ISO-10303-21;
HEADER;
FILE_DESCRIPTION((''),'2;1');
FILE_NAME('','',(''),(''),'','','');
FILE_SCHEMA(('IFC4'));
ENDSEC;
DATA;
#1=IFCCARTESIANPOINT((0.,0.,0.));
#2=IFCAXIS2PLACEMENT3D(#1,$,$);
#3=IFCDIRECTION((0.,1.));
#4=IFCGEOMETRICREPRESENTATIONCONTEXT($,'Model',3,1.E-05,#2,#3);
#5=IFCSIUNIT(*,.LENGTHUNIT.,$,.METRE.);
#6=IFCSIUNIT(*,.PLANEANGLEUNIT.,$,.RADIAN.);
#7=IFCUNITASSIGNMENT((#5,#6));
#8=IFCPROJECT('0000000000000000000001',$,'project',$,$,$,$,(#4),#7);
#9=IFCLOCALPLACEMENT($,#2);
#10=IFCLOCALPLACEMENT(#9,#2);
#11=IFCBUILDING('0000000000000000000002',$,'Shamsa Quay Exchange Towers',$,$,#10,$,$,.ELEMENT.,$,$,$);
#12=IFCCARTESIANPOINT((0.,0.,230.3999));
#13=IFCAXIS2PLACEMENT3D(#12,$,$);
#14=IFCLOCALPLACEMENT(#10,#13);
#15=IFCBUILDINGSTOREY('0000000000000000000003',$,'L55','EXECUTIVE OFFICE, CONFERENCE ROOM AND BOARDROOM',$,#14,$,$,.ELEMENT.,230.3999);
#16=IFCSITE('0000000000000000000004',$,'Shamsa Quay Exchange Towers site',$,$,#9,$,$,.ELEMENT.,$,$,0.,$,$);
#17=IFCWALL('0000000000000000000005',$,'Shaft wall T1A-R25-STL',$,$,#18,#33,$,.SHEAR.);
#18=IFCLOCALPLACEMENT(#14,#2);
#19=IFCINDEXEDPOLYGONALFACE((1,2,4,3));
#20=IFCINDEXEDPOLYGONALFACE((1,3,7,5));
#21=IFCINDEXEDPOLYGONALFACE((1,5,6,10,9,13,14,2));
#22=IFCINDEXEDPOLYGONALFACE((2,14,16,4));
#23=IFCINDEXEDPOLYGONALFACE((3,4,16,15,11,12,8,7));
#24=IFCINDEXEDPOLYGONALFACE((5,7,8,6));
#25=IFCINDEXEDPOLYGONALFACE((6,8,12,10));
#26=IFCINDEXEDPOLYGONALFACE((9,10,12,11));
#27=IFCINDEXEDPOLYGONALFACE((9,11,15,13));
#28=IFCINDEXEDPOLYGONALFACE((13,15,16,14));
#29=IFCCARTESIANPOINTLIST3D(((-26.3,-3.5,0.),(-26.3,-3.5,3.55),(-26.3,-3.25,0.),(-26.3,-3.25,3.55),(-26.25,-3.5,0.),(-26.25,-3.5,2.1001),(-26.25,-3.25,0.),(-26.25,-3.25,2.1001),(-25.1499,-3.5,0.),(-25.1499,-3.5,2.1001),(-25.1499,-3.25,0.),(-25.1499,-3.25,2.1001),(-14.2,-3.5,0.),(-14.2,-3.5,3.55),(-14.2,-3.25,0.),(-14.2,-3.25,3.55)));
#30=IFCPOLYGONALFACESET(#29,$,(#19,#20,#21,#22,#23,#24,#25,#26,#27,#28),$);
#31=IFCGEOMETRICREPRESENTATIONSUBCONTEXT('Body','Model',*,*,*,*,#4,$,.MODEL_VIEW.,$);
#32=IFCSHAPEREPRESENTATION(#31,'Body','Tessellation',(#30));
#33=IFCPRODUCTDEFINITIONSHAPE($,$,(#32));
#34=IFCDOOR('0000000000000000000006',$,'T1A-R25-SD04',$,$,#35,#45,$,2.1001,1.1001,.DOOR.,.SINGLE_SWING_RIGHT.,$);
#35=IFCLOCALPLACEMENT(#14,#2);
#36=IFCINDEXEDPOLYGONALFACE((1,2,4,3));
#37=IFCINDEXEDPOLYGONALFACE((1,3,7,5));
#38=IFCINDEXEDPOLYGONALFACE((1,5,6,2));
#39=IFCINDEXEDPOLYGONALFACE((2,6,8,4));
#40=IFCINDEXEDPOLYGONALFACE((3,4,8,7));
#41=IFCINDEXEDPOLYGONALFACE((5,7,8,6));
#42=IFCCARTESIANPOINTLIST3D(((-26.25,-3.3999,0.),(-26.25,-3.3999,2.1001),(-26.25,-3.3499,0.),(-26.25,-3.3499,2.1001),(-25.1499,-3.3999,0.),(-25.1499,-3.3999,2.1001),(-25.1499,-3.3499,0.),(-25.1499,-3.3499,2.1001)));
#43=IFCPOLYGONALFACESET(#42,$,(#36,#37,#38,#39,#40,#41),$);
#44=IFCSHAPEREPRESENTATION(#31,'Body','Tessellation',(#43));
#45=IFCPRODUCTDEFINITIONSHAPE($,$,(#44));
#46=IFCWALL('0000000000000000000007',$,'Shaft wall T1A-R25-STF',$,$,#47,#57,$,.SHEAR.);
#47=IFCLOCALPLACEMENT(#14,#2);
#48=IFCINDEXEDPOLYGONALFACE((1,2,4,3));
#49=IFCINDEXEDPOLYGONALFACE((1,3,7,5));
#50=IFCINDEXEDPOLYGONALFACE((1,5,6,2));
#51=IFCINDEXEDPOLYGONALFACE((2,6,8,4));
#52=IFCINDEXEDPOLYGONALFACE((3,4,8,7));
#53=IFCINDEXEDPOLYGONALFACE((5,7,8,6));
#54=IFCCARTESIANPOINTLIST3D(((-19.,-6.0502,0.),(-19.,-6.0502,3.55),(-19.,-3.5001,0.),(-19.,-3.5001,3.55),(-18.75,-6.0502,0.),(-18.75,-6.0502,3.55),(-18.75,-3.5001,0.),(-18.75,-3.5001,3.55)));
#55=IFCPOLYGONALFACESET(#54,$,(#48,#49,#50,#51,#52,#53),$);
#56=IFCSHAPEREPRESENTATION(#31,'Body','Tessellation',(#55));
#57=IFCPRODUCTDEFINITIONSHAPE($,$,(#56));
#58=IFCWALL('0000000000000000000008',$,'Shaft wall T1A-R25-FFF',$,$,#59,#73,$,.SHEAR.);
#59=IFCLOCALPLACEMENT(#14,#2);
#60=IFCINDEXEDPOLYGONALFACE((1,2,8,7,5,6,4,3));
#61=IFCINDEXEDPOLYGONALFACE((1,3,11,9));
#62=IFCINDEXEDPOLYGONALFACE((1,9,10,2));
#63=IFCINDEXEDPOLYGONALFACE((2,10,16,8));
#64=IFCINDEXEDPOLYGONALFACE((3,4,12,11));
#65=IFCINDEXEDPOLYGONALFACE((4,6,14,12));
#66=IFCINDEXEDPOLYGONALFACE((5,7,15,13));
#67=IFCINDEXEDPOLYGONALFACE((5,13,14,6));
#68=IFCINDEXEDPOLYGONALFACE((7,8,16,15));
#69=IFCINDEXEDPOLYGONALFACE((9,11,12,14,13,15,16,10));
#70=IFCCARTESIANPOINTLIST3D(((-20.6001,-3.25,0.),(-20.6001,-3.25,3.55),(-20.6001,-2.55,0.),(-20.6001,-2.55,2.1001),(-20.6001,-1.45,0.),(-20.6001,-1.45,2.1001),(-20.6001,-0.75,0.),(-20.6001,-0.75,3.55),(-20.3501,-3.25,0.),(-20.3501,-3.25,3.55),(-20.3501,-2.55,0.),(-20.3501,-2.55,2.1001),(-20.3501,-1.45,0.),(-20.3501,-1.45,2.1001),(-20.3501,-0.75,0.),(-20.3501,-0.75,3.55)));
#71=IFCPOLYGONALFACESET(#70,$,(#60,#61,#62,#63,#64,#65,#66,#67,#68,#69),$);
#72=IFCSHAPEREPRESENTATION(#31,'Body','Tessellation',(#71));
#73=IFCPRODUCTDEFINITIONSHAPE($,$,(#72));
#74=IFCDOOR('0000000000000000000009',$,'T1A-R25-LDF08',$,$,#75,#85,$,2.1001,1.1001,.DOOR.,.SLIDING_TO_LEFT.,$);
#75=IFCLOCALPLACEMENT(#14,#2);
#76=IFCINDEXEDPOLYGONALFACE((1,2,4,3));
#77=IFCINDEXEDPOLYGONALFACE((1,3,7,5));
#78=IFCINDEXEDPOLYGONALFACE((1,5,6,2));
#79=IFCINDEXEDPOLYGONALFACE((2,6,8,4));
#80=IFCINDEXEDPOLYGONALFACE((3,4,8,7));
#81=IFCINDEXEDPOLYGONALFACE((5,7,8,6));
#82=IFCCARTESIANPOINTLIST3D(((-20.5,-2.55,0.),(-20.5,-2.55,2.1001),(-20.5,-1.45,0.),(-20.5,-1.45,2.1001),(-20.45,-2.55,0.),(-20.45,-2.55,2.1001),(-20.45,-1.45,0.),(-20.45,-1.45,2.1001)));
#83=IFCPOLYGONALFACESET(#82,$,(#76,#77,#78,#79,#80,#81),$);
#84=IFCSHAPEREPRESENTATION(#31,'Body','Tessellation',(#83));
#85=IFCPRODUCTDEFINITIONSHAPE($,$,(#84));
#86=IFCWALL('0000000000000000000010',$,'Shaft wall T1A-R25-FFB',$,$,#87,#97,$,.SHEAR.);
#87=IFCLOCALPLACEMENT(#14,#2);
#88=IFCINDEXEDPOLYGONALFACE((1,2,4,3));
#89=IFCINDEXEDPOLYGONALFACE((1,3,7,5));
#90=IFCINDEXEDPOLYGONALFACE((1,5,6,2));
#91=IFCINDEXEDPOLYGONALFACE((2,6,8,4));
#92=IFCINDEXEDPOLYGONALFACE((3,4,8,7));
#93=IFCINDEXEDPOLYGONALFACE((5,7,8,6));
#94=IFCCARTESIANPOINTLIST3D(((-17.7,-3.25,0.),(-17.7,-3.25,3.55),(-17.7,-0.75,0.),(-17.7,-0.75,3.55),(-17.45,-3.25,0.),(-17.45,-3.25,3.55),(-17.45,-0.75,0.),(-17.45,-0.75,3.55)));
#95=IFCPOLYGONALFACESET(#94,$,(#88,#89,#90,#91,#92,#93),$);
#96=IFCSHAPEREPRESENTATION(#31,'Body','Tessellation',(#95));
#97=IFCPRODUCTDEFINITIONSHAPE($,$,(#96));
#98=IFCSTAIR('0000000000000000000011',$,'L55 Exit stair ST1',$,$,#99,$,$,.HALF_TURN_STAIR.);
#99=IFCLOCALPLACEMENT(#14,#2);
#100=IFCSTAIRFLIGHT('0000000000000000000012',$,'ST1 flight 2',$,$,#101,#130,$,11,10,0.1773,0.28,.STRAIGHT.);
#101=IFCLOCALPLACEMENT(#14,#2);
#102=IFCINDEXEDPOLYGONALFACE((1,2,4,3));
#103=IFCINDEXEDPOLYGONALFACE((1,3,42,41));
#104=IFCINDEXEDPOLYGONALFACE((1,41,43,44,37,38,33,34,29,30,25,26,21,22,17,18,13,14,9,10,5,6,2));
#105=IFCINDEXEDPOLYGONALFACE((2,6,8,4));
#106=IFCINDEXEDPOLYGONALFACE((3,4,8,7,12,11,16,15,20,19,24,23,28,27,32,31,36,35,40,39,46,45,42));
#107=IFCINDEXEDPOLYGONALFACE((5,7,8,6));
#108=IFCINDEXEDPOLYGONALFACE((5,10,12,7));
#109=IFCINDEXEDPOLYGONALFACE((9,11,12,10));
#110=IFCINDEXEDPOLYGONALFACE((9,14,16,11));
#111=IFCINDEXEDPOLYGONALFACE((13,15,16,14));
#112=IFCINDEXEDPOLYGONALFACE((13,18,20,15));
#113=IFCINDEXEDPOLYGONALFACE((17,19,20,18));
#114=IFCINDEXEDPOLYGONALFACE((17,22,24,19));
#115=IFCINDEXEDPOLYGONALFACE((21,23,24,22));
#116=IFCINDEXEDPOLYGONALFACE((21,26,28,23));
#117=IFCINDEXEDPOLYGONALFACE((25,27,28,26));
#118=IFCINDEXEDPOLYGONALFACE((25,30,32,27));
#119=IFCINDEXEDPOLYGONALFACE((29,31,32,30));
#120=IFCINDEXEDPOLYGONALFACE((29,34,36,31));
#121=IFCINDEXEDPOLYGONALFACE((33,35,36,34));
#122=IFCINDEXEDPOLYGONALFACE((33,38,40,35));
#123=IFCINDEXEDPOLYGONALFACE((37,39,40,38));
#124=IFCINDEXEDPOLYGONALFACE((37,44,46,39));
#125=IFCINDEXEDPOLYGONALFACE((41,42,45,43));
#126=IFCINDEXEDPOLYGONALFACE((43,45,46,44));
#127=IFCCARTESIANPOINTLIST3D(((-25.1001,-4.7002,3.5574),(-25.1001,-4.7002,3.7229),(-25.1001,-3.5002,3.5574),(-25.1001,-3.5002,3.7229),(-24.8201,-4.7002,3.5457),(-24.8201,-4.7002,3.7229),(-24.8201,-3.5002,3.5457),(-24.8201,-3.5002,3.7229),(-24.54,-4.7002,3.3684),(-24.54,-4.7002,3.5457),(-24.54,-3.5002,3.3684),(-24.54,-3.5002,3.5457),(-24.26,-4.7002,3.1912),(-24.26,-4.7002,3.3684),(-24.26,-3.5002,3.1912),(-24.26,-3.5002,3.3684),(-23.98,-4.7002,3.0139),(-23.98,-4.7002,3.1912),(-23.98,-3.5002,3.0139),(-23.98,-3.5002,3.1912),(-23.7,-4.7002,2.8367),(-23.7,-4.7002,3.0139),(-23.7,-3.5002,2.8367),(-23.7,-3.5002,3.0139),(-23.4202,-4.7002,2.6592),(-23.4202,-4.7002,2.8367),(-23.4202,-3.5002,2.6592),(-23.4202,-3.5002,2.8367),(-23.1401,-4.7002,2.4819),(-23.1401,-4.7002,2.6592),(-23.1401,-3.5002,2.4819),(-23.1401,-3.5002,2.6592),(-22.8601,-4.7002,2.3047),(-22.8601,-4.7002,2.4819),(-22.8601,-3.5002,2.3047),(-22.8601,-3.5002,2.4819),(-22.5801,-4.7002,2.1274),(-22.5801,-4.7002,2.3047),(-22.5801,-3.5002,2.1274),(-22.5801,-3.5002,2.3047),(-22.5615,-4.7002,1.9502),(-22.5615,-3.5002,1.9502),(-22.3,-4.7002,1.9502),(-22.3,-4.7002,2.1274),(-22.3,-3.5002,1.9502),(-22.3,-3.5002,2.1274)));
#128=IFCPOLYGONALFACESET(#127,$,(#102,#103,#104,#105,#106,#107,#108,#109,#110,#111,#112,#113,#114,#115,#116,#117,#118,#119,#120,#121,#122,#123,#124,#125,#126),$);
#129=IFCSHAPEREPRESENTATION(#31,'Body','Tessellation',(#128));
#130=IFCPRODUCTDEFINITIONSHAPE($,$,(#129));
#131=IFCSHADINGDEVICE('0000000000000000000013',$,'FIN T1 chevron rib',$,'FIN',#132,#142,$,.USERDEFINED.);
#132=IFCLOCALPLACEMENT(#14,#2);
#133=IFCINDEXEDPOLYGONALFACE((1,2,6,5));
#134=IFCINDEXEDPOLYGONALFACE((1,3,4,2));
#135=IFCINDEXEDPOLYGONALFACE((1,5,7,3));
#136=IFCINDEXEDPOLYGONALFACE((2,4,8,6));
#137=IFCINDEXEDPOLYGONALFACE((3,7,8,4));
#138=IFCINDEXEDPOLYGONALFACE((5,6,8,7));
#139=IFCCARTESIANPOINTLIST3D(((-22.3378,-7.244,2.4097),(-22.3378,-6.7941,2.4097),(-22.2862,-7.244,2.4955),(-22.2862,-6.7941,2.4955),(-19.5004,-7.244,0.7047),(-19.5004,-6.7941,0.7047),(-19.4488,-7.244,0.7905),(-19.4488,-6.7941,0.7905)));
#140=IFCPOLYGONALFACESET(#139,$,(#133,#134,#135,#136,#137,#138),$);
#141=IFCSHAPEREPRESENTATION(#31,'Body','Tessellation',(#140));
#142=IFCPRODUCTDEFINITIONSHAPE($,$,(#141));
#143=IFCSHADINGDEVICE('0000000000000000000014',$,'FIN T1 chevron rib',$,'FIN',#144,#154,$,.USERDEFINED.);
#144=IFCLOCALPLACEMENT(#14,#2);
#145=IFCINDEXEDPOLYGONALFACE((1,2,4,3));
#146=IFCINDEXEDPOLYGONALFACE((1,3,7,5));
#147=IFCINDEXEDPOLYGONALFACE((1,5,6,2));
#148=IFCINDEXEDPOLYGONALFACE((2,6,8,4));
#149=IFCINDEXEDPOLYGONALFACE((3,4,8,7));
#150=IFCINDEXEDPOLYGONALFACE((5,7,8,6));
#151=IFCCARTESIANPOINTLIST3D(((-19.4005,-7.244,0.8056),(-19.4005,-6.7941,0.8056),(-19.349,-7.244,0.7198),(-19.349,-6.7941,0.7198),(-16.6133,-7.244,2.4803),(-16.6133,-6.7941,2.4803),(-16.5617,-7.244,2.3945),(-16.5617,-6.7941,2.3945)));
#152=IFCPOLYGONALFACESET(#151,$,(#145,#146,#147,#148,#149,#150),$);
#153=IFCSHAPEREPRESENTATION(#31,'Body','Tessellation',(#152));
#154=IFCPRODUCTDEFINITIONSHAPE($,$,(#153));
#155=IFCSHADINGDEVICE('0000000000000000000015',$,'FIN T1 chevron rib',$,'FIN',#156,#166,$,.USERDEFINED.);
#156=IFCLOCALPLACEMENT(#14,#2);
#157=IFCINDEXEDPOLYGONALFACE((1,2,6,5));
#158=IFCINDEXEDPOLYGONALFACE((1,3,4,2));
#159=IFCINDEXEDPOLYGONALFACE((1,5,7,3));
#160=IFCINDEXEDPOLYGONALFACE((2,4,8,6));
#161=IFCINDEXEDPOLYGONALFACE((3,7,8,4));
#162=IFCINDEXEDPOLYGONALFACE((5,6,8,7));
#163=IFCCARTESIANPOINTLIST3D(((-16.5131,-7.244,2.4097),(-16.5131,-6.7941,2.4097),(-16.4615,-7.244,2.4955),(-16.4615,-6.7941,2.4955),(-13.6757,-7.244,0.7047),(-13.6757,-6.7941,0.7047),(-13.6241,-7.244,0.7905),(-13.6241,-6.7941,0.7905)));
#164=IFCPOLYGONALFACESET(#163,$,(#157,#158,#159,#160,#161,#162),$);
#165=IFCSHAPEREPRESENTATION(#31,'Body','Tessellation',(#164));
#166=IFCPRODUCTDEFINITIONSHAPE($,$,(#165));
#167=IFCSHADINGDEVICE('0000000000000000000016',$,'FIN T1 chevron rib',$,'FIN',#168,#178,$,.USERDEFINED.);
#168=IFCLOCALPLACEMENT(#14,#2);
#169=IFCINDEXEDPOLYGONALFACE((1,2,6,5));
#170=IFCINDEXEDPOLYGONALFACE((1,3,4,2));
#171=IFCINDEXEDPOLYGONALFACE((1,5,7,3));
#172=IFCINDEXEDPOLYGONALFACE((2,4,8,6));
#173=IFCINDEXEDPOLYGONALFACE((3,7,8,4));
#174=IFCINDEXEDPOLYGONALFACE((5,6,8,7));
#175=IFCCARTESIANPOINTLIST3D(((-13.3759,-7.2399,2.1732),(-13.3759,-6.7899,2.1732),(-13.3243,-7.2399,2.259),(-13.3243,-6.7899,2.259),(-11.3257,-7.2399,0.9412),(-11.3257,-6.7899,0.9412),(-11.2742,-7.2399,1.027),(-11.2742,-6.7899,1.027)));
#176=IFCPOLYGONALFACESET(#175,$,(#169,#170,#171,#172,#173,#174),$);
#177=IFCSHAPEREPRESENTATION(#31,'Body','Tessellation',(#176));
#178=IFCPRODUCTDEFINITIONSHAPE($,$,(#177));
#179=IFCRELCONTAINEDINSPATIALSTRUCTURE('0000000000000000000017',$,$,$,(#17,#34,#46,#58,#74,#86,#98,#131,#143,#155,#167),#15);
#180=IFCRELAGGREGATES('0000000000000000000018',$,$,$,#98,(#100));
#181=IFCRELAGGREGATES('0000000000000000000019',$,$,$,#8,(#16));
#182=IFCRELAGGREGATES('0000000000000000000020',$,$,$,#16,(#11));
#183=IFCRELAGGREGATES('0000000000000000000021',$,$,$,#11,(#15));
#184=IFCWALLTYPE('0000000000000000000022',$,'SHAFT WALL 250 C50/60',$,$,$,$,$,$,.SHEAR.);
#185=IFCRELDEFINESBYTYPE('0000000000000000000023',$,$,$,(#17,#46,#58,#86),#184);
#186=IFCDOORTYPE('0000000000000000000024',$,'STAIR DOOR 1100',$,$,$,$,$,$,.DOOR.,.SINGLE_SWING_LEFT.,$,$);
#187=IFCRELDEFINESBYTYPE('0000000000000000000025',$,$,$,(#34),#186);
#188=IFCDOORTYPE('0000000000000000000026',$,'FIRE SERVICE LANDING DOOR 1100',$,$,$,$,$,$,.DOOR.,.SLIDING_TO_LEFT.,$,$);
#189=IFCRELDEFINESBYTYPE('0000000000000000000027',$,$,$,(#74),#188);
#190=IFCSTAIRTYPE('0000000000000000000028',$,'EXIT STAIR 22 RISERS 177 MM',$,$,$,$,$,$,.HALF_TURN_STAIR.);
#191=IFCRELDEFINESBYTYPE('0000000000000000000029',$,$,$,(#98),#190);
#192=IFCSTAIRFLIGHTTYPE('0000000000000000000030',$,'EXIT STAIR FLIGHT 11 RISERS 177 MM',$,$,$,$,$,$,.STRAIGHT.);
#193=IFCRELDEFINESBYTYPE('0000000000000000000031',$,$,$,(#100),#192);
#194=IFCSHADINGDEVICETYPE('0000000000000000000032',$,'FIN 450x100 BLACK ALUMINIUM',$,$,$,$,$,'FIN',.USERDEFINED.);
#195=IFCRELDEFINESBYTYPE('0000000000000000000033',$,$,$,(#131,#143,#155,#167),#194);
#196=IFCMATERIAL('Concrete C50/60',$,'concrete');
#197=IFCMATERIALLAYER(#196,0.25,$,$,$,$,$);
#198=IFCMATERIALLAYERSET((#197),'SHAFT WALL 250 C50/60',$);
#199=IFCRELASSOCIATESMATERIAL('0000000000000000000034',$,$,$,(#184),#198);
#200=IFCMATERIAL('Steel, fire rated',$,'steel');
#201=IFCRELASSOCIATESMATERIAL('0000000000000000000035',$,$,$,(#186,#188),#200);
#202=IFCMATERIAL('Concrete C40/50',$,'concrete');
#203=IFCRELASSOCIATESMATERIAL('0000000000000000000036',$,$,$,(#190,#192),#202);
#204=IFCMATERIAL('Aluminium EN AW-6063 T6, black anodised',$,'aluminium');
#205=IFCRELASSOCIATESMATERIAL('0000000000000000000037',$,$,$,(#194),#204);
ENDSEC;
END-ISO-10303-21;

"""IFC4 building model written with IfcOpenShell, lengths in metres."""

from ifc_helpers import new_model, si_unit, direction, frame, frame_2d, origin, origin_2d, place, context, subcontext, project, spatial, polyline, rectangle, outline, extrude, material, layer, layer_set, material_profile, profile_set, type_object, element, fill, aggregate, save


model = new_model("IFC4")

# Units and contexts
model_context = context("Model", 3, precision=1e-05, world=origin(), true_north=direction((0.0, 1.0)))
body_context = subcontext(model_context, "Body", "Model", "MODEL_VIEW")
ifc_project = project(units=[si_unit("LENGTHUNIT", "METRE"), si_unit("PLANEANGLEUNIT", "RADIAN")], contexts=[model_context])

# Site, building, storey
site_placement = place(None, origin())
site = spatial("IfcSite", under=ifc_project, at=site_placement, Name="Shamsa Quay Exchange Towers site", CompositionType="ELEMENT", RefElevation=0.0)
building_placement = place(site_placement, origin())
building = spatial("IfcBuilding", under=site, at=building_placement, Name="Shamsa Quay Exchange Towers", CompositionType="ELEMENT")
storey_placement = place(building_placement, frame((0.0, 0.0, 230.3999)))
storey = spatial("IfcBuildingStorey", under=building, at=storey_placement, Name="L55", Description="EXECUTIVE OFFICE, CONFERENCE ROOM AND BOARDROOM", CompositionType="ELEMENT", Elevation=230.3999)

# Shared definitions
ifc_material_1 = material(Name="Aluminium EN AW-6063 T6, black anodised", Category="aluminium")

# Wall, opening, door
ifc_material_2 = material(Name="Concrete C50/60", Category="concrete")
ifc_layer_1 = layer(ifc_material_2, 0.25)
ifc_layer_set_1 = layer_set([ifc_layer_1], Name="SHAFT WALL 250 C50/60")
wall_type_1 = type_object("IfcWallType", Name="SHAFT WALL 250 C50/60", PredefinedType="SHEAR", material=ifc_layer_set_1)
wall_1_placement = place(storey_placement, frame((-14.2, -3.375, 0.0), z_axis=(0.0, 0.0, 1.0), x_axis=(-1.0, 0.0, 0.0)))
wall_1 = element("IfcWall", 1, at=wall_1_placement, inside=storey, type_object=wall_type_1, Name="Shaft wall T1A-R25-STL", PredefinedType="SHEAR", context=body_context, shape_type="SweptSolid", body=[
    extrude(rectangle(XDim=12.1001, YDim=0.25, at=frame_2d((6.05, 0.0))), origin(), (0.0, 0.0, 1.0), 3.55),
])
opening_1_placement = place(wall_1_placement, frame((10.95, 0.0, 0.0)))
opening_1 = element("IfcOpeningElement", 2, at=opening_1_placement, cuts=wall_1, PredefinedType="OPENING", context=body_context, shape_type="SweptSolid", body=[
    extrude(rectangle(XDim=1.1001, YDim=2.1001, at=frame_2d((0.55, 1.05))), frame((0.0, 0.135, 0.0), z_axis=(0.0, -1.0, 0.0), x_axis=(1.0, 0.0, 0.0)), (0.0, 0.0, 1.0), 0.27),
])
ifc_material_3 = material(Name="Steel, fire rated", Category="steel")
door_type_1 = type_object("IfcDoorType", Name="STAIR DOOR 1100", OperationType="SINGLE_SWING_LEFT", PredefinedType="DOOR", material=ifc_material_3)
door_1_placement = place(opening_1_placement, origin())
door_1 = element("IfcDoor", 3, at=door_1_placement, inside=storey, type_object=door_type_1, Name="T1A-R25-SD04", OperationType="SINGLE_SWING_RIGHT", OverallHeight=2.1001, OverallWidth=1.1001, PredefinedType="DOOR", context=body_context, shape_type="SweptSolid", body=[
    extrude(rectangle(XDim=1.1001, YDim=2.1001, at=frame_2d((0.55, 1.05))), frame((0.0, 0.0249, 0.0), z_axis=(0.0, -1.0, 0.0), x_axis=(1.0, 0.0, 0.0)), (0.0, 0.0, 1.0), 0.05),
])
fill(opening_1, door_1)

# Wall
wall_2_placement = place(storey_placement, frame((-18.875, -6.05, 0.0), z_axis=(0.0, 0.0, 1.0), x_axis=(0.0, 1.0, 0.0)))
element("IfcWall", 4, at=wall_2_placement, inside=storey, type_object=wall_type_1, Name="Shaft wall T1A-R25-STF", PredefinedType="SHEAR", context=body_context, shape_type="SweptSolid", body=[
    extrude(rectangle(XDim=2.55, YDim=0.25, at=frame_2d((1.2749, 0.0))), origin(), (0.0, 0.0, 1.0), 3.55),
])

# Wall, opening, door
wall_3_placement = place(storey_placement, frame((-20.4751, -3.25, 0.0), z_axis=(0.0, 0.0, 1.0), x_axis=(0.0, 1.0, 0.0)))
wall_3 = element("IfcWall", 5, at=wall_3_placement, inside=storey, type_object=wall_type_1, Name="Shaft wall T1A-R25-FFF", PredefinedType="SHEAR", context=body_context, shape_type="SweptSolid", body=[
    extrude(rectangle(XDim=2.5, YDim=0.25, at=frame_2d((1.25, 0.0))), origin(), (0.0, 0.0, 1.0), 3.55),
])
opening_2_placement = place(wall_3_placement, frame((0.7, 0.0, 0.0)))
opening_2 = element("IfcOpeningElement", 6, at=opening_2_placement, cuts=wall_3, PredefinedType="OPENING", context=body_context, shape_type="SweptSolid", body=[
    extrude(rectangle(XDim=1.1001, YDim=2.1001, at=frame_2d((0.55, 1.05))), frame((0.0, 0.135, 0.0), z_axis=(0.0, -1.0, 0.0), x_axis=(1.0, 0.0, 0.0)), (0.0, 0.0, 1.0), 0.27),
])
door_type_2 = type_object("IfcDoorType", Name="FIRE SERVICE LANDING DOOR 1100", OperationType="SLIDING_TO_LEFT", PredefinedType="DOOR", material=ifc_material_3)
door_2_placement = place(opening_2_placement, origin())
door_2 = element("IfcDoor", 7, at=door_2_placement, inside=storey, type_object=door_type_2, Name="T1A-R25-LDF08", OperationType="SLIDING_TO_LEFT", OverallHeight=2.1001, OverallWidth=1.1001, PredefinedType="DOOR", context=body_context, shape_type="SweptSolid", body=[
    extrude(rectangle(XDim=1.1001, YDim=2.1001, at=frame_2d((0.55, 1.05))), frame((0.0, 0.0249, 0.0), z_axis=(0.0, -1.0, 0.0), x_axis=(1.0, 0.0, 0.0)), (0.0, 0.0, 1.0), 0.05),
])
fill(opening_2, door_2)

# Wall
wall_4_placement = place(storey_placement, frame((-17.575, -3.25, 0.0), z_axis=(0.0, 0.0, 1.0), x_axis=(0.0, 1.0, 0.0)))
element("IfcWall", 8, at=wall_4_placement, inside=storey, type_object=wall_type_1, Name="Shaft wall T1A-R25-FFB", PredefinedType="SHEAR", context=body_context, shape_type="SweptSolid", body=[
    extrude(rectangle(XDim=2.5, YDim=0.25, at=frame_2d((1.25, 0.0))), origin(), (0.0, 0.0, 1.0), 3.55),
])

# Stair, stair flight
ifc_material_4 = material(Name="Concrete C40/50", Category="concrete")
stair_type = type_object("IfcStairType", Name="EXIT STAIR 22 RISERS 177 MM", PredefinedType="HALF_TURN_STAIR", material=ifc_material_4)
stair_placement = place(storey_placement, origin())
stair = element("IfcStair", 9, at=stair_placement, inside=storey, type_object=stair_type, Name="L55 Exit stair ST1", PredefinedType="HALF_TURN_STAIR")
stair_flight_type = type_object("IfcStairFlightType", Name="EXIT STAIR FLIGHT 11 RISERS 177 MM", PredefinedType="STRAIGHT", material=ifc_material_4)
stair_flight_placement = place(storey_placement, frame((-22.3, -4.1001, 1.9502), z_axis=(0.0, 0.0, 1.0), x_axis=(-1.0, 0.0, 0.0)))
stair_flight = element("IfcStairFlight", 10, at=stair_flight_placement, type_object=stair_flight_type, Name="ST1 flight 2", NumberOfRisers=11, NumberOfTreads=10, PredefinedType="STRAIGHT", RiserHeight=0.1773, TreadLength=0.28, context=body_context, shape_type="SweptSolid", body=[
    extrude(outline(polyline([(0.0, 0.0), (0.0, 0.1772), (0.28, 0.1772), (0.28, 0.3545), (0.5601, 0.3545), (0.5601, 0.5317), (0.8401, 0.5317), (0.8401, 0.709), (1.1201, 0.709), (1.1201, 0.8865), (1.3999, 0.8865), (1.3999, 1.0637), (1.6799, 1.0637), (1.6799, 1.241), (1.96, 1.241), (1.96, 1.4182), (2.24, 1.4182), (2.24, 1.5955), (2.52, 1.5955), (2.52, 1.7727), (2.8, 1.7727), (2.8, 1.95), (2.8, 1.6072), (0.2615, 0.0), (0.0, 0.0)])), frame((0.0, 0.6001, 0.0), z_axis=(0.0, -1.0, 0.0), x_axis=(1.0, 0.0, 0.0)), (0.0, 0.0, 1.0), 1.2),
])
aggregate(stair, [stair_flight])

# Shading devices
ifc_material_profile_1 = material_profile(ifc_material_1, rectangle(XDim=0.45, YDim=0.1001, at=origin_2d()), Name="FIN450x100")
ifc_profile_set_1 = profile_set([ifc_material_profile_1], Name="Aluminium EN AW-6063 T6, black anodised")
shading_device_type = type_object("IfcShadingDeviceType", Name="FIN 450x100 BLACK ALUMINIUM", ElementType="FIN", PredefinedType="USERDEFINED", material=ifc_profile_set_1)
shading_device_1_placement = place(storey_placement, frame((-22.312, -7.019, 2.4526), z_axis=(0.857141, 0.0, -0.515081), x_axis=(0.0, 1.0, 0.0)))
element("IfcShadingDevice", 11, at=shading_device_1_placement, inside=storey, type_object=shading_device_type, Name="FIN T1 chevron rib", ObjectType="FIN", PredefinedType="USERDEFINED", context=body_context, shape_type="SweptSolid", body=[
    extrude(rectangle(XDim=0.45, YDim=0.1001, at=origin_2d()), origin(), (0.0, 0.0, 1.0), 3.3103),
])
shading_device_2_placement = place(storey_placement, frame((-19.3748, -7.019, 0.7627), z_axis=(0.857168, 0.0, 0.515037), x_axis=(0.0, 1.0, 0.0)))
element("IfcShadingDevice", 12, at=shading_device_2_placement, inside=storey, type_object=shading_device_type, Name="FIN T1 chevron rib", ObjectType="FIN", PredefinedType="USERDEFINED", context=body_context, shape_type="SweptSolid", body=[
    extrude(rectangle(XDim=0.45, YDim=0.1001, at=origin_2d()), origin(), (0.0, 0.0, 1.0), 3.2517),
])
shading_device_3_placement = place(storey_placement, frame((-16.4873, -7.019, 2.4526), z_axis=(0.857141, 0.0, -0.515081), x_axis=(0.0, 1.0, 0.0)))
element("IfcShadingDevice", 13, at=shading_device_3_placement, inside=storey, type_object=shading_device_type, Name="FIN T1 chevron rib", ObjectType="FIN", PredefinedType="USERDEFINED", context=body_context, shape_type="SweptSolid", body=[
    extrude(rectangle(XDim=0.45, YDim=0.1001, at=origin_2d()), origin(), (0.0, 0.0, 1.0), 3.3103),
])
for number, where, z_axis, x_axis, name in (
    (14, (-13.3501, -7.0149, 2.2161), (0.857141, 0.0, -0.515081), (0.0, 1.0, 0.0), "FIN T1 chevron rib"),
):
    element("IfcShadingDevice", number, at=place(storey_placement, frame(where, z_axis=z_axis, x_axis=x_axis)), inside=storey, type_object=shading_device_type, Name=name, ObjectType="FIN", PredefinedType="USERDEFINED", context=body_context, shape_type="SweptSolid", body=[
        extrude(rectangle(XDim=0.45, YDim=0.1001, at=origin_2d()), origin(), (0.0, 0.0, 1.0), 2.3918),
    ])

save(model, "model.ifc")
